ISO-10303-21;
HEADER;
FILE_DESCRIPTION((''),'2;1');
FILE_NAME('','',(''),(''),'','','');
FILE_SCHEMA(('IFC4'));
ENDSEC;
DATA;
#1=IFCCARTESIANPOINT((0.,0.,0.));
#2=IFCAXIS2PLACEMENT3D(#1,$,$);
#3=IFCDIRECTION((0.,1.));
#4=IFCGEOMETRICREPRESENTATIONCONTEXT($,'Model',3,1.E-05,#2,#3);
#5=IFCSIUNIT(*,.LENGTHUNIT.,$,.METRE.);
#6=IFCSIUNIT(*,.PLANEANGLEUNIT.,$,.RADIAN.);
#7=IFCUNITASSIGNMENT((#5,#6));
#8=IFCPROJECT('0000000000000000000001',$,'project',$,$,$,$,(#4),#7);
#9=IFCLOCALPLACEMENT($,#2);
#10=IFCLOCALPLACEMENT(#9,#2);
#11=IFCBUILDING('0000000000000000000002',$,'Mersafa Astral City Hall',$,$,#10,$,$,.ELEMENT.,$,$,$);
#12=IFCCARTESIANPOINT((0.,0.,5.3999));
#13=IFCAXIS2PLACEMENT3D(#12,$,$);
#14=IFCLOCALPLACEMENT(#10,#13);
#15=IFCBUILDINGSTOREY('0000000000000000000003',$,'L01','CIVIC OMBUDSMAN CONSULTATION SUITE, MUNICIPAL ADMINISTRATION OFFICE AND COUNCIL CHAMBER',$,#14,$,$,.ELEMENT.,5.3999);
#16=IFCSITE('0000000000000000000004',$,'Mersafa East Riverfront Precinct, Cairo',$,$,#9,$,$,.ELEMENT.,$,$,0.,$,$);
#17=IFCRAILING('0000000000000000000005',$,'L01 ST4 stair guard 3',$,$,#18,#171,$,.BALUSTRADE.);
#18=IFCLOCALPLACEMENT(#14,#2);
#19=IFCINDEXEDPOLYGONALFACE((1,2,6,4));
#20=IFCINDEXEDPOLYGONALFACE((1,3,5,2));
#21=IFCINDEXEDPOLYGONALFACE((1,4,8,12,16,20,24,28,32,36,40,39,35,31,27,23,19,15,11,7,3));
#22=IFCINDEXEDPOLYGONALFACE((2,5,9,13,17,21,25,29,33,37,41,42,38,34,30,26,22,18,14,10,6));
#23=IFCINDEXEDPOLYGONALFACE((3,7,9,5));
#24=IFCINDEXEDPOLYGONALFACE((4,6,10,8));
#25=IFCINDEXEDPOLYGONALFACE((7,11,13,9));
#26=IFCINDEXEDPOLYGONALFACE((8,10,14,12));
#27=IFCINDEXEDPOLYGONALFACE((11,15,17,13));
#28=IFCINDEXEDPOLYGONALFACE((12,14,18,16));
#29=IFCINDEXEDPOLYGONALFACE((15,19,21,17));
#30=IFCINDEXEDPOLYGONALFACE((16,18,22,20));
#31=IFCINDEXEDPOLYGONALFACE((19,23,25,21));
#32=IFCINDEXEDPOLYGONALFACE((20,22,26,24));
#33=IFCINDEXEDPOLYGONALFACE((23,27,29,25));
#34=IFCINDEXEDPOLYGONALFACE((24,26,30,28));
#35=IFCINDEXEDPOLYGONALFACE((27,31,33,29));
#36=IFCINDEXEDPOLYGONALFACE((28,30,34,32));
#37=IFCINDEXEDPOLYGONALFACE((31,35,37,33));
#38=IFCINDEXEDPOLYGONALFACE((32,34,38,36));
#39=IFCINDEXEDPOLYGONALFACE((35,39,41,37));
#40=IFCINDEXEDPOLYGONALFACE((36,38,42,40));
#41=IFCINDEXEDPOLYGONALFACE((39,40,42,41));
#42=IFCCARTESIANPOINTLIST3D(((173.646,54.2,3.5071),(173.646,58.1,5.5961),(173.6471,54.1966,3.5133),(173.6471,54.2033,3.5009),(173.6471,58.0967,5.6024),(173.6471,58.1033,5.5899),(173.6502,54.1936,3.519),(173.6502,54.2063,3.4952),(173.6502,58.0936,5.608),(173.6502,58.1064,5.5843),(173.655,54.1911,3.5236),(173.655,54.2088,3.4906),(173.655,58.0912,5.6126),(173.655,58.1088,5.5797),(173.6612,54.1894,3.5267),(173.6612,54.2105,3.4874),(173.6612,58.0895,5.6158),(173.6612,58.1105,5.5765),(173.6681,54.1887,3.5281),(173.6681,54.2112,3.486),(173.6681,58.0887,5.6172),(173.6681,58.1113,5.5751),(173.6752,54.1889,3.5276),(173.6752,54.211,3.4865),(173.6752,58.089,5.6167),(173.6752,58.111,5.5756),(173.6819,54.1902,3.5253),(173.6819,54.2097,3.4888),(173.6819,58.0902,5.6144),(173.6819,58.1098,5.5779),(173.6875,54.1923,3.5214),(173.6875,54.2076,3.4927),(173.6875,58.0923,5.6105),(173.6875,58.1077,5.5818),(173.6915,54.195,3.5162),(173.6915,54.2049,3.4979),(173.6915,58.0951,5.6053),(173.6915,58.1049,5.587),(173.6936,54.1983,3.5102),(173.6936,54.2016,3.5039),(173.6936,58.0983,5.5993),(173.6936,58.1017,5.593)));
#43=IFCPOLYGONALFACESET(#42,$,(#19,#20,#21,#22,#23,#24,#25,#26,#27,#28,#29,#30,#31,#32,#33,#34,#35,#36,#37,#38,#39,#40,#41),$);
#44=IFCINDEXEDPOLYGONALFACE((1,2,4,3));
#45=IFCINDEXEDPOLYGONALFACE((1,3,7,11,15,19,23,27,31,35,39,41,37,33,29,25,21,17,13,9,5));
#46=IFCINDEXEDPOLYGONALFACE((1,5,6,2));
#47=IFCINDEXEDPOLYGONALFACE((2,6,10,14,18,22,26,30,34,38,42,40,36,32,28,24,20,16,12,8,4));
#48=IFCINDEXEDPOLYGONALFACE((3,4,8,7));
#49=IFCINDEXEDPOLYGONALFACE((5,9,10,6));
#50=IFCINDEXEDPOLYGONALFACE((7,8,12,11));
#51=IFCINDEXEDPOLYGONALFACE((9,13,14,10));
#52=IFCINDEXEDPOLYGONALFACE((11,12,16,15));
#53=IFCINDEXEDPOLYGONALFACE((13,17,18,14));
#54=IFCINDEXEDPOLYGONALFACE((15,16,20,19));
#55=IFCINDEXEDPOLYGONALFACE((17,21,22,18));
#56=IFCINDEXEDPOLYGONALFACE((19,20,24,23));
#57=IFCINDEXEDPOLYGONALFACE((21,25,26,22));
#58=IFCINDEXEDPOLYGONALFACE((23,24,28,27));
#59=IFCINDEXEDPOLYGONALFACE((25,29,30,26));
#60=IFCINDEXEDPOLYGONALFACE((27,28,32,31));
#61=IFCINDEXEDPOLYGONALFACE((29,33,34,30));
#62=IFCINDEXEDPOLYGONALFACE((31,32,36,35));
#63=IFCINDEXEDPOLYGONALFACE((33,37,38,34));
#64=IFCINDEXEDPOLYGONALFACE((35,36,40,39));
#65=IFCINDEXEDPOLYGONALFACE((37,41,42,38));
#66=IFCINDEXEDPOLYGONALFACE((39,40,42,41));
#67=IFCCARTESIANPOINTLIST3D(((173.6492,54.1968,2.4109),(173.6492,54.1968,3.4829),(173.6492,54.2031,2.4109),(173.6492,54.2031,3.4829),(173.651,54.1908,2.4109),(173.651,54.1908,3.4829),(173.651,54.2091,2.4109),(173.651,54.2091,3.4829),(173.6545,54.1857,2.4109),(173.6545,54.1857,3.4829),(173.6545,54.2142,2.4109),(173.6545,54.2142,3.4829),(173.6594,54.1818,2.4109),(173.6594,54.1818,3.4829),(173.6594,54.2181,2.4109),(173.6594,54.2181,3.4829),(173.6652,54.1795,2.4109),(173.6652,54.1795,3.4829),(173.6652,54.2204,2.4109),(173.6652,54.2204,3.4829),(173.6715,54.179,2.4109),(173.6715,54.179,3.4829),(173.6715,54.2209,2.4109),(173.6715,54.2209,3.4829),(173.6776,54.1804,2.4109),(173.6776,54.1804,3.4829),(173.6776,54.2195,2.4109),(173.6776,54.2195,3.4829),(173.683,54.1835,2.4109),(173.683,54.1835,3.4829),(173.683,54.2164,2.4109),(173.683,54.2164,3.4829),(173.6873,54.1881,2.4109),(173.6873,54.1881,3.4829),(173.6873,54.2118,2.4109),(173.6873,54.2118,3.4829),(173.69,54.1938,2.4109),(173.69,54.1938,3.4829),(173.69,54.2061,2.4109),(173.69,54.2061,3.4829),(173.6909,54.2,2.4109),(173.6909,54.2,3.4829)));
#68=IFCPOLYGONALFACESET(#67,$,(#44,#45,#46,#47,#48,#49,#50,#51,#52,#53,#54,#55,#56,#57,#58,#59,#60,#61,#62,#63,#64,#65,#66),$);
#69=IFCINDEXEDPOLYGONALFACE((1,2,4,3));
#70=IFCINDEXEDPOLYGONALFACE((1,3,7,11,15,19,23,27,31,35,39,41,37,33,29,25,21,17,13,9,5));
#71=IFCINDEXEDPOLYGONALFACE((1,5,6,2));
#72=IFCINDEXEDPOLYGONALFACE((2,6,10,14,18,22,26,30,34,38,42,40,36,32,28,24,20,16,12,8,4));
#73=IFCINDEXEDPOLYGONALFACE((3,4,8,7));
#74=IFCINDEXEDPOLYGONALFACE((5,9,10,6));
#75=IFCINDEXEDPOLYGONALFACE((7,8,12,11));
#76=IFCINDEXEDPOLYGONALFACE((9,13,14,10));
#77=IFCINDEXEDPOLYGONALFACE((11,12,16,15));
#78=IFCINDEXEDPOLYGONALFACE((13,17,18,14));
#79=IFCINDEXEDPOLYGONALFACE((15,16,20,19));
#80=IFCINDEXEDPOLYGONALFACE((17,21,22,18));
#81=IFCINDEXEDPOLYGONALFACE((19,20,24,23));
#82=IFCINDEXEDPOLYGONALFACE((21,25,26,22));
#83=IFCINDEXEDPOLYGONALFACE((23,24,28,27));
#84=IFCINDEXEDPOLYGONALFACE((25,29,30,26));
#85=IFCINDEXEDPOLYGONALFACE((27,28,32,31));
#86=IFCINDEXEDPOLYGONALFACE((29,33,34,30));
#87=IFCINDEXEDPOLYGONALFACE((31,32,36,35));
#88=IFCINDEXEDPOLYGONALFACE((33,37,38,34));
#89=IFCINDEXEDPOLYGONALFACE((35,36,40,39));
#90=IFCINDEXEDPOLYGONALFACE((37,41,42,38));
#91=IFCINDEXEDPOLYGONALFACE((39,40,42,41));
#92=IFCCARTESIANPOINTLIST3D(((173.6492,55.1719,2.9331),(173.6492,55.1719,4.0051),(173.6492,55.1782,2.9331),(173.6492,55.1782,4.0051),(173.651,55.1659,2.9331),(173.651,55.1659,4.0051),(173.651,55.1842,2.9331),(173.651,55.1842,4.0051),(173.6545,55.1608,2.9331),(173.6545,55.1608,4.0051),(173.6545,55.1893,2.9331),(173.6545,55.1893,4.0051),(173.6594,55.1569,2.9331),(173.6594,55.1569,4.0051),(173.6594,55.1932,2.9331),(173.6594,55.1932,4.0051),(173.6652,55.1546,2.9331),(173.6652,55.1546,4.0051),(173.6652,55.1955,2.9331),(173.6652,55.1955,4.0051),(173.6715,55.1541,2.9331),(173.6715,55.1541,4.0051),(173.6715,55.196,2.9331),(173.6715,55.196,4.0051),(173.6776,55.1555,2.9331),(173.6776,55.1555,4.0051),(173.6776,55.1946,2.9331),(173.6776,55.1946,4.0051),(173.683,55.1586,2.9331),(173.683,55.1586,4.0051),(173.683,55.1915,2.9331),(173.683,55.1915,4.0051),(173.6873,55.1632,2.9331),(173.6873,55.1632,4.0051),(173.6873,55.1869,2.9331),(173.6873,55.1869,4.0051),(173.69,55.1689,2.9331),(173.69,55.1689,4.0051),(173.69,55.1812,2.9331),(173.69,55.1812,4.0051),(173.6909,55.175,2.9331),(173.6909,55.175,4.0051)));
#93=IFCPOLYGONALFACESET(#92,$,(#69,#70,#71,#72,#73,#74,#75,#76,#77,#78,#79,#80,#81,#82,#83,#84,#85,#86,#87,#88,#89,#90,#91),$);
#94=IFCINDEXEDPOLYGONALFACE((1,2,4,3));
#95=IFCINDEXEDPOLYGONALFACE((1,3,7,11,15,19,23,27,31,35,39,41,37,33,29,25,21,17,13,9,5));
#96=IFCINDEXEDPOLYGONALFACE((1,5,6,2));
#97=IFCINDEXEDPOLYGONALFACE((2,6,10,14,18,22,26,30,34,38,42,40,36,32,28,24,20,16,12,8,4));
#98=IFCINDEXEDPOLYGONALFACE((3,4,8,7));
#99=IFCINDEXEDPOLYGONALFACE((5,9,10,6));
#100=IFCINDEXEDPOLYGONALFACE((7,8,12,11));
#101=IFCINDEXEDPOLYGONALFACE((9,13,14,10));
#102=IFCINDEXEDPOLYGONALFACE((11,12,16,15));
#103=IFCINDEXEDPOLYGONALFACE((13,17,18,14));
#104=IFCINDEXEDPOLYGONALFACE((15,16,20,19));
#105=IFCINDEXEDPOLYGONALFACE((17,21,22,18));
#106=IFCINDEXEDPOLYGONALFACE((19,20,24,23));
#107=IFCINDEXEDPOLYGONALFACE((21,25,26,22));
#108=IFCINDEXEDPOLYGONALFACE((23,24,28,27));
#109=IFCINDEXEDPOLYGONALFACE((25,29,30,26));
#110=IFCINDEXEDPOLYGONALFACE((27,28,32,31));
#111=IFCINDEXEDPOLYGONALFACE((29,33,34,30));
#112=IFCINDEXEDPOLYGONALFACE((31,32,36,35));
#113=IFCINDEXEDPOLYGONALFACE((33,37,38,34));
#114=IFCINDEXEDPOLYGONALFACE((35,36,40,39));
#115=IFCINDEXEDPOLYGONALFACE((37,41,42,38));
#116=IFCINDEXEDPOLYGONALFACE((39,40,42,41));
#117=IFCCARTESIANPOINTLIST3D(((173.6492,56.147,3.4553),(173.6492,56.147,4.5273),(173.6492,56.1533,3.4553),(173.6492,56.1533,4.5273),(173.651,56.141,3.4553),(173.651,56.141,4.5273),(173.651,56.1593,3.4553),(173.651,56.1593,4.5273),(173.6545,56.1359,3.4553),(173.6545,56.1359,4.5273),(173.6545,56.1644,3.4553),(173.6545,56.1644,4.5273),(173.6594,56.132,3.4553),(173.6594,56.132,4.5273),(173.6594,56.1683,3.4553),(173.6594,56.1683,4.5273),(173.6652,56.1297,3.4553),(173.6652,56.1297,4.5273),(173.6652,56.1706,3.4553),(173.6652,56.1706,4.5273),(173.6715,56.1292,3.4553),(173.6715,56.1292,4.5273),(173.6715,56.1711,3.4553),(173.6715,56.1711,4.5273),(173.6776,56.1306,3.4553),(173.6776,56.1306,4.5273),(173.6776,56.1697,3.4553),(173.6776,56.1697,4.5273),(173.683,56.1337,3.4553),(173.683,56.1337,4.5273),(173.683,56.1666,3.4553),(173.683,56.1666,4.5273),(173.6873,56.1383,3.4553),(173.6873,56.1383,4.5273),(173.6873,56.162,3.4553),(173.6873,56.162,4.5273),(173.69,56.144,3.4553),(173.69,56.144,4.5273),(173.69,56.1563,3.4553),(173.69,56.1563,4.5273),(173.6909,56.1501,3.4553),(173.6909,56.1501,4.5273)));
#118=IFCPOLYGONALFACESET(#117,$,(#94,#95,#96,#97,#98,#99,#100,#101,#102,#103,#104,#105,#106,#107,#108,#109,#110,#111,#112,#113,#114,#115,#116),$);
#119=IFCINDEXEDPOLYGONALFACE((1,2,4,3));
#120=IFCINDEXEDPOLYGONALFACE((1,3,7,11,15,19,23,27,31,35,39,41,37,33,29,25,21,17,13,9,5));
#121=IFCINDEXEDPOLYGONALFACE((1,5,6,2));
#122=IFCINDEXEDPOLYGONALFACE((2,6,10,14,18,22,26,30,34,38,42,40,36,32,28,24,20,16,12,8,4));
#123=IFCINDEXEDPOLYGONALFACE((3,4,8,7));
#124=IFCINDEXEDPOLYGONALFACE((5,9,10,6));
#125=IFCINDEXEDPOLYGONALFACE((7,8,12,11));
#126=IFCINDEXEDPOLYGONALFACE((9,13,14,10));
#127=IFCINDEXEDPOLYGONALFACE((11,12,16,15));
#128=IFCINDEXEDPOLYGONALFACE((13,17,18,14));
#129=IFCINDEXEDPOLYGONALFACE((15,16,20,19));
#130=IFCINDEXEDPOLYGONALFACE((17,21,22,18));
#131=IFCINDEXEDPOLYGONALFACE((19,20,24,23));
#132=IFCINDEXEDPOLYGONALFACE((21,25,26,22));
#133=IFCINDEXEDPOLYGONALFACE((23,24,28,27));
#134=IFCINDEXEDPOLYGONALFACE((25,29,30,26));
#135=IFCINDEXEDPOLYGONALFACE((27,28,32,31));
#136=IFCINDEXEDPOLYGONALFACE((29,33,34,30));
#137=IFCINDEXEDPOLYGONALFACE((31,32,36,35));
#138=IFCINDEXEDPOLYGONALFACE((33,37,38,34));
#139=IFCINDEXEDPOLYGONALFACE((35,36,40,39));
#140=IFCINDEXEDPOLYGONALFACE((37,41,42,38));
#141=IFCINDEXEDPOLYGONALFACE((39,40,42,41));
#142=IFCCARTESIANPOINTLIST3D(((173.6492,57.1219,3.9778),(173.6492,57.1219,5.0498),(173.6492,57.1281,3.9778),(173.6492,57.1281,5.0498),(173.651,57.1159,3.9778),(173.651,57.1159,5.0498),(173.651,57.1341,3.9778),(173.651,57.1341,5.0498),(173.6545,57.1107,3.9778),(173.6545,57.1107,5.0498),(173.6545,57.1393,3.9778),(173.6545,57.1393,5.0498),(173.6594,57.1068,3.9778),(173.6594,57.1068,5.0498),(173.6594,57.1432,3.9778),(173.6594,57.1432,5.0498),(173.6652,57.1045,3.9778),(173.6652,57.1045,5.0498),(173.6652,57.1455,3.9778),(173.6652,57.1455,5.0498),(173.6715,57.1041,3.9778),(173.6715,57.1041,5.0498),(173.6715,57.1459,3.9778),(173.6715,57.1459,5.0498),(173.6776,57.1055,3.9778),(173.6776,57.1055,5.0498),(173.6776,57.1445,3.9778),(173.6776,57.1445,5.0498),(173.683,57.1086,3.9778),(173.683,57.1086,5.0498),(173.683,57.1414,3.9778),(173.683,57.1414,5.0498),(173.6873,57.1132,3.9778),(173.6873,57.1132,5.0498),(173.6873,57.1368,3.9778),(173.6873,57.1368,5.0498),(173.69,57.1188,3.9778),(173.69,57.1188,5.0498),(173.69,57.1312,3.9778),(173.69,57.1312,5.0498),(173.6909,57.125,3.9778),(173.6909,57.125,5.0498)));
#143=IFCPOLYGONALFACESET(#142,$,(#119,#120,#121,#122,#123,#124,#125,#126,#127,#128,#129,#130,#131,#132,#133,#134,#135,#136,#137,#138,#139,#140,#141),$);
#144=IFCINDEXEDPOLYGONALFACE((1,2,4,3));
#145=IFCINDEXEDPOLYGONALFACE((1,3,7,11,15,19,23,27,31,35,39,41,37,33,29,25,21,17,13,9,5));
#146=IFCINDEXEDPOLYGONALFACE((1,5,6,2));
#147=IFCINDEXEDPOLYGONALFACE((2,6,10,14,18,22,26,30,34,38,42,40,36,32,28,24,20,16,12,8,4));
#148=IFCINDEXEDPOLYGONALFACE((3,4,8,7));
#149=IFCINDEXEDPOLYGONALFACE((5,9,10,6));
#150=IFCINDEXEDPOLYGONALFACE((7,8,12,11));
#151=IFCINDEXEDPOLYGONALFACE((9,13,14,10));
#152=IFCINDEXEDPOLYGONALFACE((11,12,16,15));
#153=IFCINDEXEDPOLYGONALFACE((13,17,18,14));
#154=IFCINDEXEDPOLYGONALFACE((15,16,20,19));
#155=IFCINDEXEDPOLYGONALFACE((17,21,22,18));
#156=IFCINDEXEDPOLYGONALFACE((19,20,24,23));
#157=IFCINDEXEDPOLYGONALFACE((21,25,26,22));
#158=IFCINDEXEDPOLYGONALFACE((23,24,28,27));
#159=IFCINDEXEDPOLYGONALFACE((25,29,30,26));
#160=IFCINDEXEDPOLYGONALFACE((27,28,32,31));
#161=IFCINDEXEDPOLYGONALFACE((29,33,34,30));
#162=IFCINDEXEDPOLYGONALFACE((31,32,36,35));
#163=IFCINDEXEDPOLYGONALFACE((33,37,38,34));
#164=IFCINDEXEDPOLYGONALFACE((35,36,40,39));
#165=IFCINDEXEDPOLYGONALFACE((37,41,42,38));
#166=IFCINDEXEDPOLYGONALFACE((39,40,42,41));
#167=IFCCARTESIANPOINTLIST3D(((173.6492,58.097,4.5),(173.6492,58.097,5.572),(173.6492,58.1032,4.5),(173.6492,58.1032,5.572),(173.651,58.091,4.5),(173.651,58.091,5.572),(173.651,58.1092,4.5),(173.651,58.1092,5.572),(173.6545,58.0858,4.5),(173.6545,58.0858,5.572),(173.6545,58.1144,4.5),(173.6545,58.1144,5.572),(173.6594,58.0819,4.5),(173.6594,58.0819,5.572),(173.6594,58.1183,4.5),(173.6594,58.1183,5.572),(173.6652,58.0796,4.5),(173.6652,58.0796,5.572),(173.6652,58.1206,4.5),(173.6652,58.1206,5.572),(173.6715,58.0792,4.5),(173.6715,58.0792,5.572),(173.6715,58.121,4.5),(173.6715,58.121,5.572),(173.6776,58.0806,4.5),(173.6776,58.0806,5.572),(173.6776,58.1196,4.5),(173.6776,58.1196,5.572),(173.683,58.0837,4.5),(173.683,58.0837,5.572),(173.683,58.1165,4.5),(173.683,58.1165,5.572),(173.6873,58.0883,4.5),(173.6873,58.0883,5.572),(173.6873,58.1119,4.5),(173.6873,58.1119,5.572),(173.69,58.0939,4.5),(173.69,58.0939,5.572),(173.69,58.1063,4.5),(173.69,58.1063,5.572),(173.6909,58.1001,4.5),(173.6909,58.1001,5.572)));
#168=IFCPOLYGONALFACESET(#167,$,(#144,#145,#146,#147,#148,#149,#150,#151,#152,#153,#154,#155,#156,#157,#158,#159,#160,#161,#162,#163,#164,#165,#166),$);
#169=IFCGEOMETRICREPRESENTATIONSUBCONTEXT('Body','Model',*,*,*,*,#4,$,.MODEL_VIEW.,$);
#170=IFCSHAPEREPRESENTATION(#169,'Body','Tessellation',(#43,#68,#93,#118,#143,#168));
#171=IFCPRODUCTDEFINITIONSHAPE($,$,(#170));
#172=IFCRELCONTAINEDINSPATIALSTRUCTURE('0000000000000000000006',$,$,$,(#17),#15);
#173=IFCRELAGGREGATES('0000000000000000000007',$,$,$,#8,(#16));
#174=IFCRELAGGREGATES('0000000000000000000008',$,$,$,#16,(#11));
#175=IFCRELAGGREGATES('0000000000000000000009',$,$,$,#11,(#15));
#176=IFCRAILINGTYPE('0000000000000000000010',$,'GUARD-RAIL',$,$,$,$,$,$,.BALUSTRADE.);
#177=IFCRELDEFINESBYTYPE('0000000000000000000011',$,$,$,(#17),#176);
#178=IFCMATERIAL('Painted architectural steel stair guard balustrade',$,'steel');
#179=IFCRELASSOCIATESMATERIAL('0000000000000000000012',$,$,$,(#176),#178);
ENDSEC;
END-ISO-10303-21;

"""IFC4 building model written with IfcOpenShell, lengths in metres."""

from ifc_helpers import new_model, si_unit, direction, frame, origin, origin_2d, place, context, subcontext, project, spatial, circle, extrude, material, type_object, element, save


model = new_model("IFC4")

# Units and contexts
model_context = context("Model", 3, precision=1e-05, world=origin(), true_north=direction((0.0, 1.0)))
body_context = subcontext(model_context, "Body", "Model", "MODEL_VIEW")
ifc_project = project(units=[si_unit("LENGTHUNIT", "METRE"), si_unit("PLANEANGLEUNIT", "RADIAN")], contexts=[model_context])

# Site, building, storey
site_placement = place(None, origin())
site = spatial("IfcSite", under=ifc_project, at=site_placement, Name="Mersafa East Riverfront Precinct, Cairo", CompositionType="ELEMENT", RefElevation=0.0)
building_placement = place(site_placement, origin())
building = spatial("IfcBuilding", under=site, at=building_placement, Name="Mersafa Astral City Hall", CompositionType="ELEMENT")
storey_placement = place(building_placement, frame((0.0, 0.0, 5.3999)))
storey = spatial("IfcBuildingStorey", under=building, at=storey_placement, Name="L01", Description="CIVIC OMBUDSMAN CONSULTATION SUITE, MUNICIPAL ADMINISTRATION OFFICE AND COUNCIL CHAMBER", CompositionType="ELEMENT", Elevation=5.3999)

# Railing
ifc_material_1 = material(Name="Painted architectural steel stair guard balustrade", Category="steel")
railing_type_1 = type_object("IfcRailingType", Name="GUARD-RAIL", PredefinedType="BALUSTRADE", material=ifc_material_1)
railing_1_placement = place(storey_placement, frame((173.6699, 54.2, 2.4109)))
element("IfcRailing", 1, at=railing_1_placement, inside=storey, type_object=railing_type_1, Name="L01 ST4 stair guard 3", PredefinedType="BALUSTRADE", context=body_context, shape_type="SweptSolid", body=[
    extrude(circle(Radius=0.0239, at=origin_2d()), frame((0.0, 0.0, 1.0962), z_axis=(0.0, 0.881504, 0.472177), x_axis=(-1.0, 0.0, 0.0)), (0.0, 0.0, 1.0), 4.4243),
    extrude(circle(Radius=0.021, at=origin_2d()), origin(), (0.0, 0.0, 1.0), 1.072),
    extrude(circle(Radius=0.021, at=origin_2d()), frame((0.0, 0.9751, 0.5222)), (0.0, 0.0, 1.0), 1.072),
    extrude(circle(Radius=0.021, at=origin_2d()), frame((0.0, 1.9502, 1.0444)), (0.0, 0.0, 1.0), 1.072),
    extrude(circle(Radius=0.021, at=origin_2d()), frame((0.0, 2.925, 1.5669)), (0.0, 0.0, 1.0), 1.072),
    extrude(circle(Radius=0.021, at=origin_2d()), frame((0.0, 3.9001, 2.0891)), (0.0, 0.0, 1.0), 1.072),
])

save(model, "model.ifc")
